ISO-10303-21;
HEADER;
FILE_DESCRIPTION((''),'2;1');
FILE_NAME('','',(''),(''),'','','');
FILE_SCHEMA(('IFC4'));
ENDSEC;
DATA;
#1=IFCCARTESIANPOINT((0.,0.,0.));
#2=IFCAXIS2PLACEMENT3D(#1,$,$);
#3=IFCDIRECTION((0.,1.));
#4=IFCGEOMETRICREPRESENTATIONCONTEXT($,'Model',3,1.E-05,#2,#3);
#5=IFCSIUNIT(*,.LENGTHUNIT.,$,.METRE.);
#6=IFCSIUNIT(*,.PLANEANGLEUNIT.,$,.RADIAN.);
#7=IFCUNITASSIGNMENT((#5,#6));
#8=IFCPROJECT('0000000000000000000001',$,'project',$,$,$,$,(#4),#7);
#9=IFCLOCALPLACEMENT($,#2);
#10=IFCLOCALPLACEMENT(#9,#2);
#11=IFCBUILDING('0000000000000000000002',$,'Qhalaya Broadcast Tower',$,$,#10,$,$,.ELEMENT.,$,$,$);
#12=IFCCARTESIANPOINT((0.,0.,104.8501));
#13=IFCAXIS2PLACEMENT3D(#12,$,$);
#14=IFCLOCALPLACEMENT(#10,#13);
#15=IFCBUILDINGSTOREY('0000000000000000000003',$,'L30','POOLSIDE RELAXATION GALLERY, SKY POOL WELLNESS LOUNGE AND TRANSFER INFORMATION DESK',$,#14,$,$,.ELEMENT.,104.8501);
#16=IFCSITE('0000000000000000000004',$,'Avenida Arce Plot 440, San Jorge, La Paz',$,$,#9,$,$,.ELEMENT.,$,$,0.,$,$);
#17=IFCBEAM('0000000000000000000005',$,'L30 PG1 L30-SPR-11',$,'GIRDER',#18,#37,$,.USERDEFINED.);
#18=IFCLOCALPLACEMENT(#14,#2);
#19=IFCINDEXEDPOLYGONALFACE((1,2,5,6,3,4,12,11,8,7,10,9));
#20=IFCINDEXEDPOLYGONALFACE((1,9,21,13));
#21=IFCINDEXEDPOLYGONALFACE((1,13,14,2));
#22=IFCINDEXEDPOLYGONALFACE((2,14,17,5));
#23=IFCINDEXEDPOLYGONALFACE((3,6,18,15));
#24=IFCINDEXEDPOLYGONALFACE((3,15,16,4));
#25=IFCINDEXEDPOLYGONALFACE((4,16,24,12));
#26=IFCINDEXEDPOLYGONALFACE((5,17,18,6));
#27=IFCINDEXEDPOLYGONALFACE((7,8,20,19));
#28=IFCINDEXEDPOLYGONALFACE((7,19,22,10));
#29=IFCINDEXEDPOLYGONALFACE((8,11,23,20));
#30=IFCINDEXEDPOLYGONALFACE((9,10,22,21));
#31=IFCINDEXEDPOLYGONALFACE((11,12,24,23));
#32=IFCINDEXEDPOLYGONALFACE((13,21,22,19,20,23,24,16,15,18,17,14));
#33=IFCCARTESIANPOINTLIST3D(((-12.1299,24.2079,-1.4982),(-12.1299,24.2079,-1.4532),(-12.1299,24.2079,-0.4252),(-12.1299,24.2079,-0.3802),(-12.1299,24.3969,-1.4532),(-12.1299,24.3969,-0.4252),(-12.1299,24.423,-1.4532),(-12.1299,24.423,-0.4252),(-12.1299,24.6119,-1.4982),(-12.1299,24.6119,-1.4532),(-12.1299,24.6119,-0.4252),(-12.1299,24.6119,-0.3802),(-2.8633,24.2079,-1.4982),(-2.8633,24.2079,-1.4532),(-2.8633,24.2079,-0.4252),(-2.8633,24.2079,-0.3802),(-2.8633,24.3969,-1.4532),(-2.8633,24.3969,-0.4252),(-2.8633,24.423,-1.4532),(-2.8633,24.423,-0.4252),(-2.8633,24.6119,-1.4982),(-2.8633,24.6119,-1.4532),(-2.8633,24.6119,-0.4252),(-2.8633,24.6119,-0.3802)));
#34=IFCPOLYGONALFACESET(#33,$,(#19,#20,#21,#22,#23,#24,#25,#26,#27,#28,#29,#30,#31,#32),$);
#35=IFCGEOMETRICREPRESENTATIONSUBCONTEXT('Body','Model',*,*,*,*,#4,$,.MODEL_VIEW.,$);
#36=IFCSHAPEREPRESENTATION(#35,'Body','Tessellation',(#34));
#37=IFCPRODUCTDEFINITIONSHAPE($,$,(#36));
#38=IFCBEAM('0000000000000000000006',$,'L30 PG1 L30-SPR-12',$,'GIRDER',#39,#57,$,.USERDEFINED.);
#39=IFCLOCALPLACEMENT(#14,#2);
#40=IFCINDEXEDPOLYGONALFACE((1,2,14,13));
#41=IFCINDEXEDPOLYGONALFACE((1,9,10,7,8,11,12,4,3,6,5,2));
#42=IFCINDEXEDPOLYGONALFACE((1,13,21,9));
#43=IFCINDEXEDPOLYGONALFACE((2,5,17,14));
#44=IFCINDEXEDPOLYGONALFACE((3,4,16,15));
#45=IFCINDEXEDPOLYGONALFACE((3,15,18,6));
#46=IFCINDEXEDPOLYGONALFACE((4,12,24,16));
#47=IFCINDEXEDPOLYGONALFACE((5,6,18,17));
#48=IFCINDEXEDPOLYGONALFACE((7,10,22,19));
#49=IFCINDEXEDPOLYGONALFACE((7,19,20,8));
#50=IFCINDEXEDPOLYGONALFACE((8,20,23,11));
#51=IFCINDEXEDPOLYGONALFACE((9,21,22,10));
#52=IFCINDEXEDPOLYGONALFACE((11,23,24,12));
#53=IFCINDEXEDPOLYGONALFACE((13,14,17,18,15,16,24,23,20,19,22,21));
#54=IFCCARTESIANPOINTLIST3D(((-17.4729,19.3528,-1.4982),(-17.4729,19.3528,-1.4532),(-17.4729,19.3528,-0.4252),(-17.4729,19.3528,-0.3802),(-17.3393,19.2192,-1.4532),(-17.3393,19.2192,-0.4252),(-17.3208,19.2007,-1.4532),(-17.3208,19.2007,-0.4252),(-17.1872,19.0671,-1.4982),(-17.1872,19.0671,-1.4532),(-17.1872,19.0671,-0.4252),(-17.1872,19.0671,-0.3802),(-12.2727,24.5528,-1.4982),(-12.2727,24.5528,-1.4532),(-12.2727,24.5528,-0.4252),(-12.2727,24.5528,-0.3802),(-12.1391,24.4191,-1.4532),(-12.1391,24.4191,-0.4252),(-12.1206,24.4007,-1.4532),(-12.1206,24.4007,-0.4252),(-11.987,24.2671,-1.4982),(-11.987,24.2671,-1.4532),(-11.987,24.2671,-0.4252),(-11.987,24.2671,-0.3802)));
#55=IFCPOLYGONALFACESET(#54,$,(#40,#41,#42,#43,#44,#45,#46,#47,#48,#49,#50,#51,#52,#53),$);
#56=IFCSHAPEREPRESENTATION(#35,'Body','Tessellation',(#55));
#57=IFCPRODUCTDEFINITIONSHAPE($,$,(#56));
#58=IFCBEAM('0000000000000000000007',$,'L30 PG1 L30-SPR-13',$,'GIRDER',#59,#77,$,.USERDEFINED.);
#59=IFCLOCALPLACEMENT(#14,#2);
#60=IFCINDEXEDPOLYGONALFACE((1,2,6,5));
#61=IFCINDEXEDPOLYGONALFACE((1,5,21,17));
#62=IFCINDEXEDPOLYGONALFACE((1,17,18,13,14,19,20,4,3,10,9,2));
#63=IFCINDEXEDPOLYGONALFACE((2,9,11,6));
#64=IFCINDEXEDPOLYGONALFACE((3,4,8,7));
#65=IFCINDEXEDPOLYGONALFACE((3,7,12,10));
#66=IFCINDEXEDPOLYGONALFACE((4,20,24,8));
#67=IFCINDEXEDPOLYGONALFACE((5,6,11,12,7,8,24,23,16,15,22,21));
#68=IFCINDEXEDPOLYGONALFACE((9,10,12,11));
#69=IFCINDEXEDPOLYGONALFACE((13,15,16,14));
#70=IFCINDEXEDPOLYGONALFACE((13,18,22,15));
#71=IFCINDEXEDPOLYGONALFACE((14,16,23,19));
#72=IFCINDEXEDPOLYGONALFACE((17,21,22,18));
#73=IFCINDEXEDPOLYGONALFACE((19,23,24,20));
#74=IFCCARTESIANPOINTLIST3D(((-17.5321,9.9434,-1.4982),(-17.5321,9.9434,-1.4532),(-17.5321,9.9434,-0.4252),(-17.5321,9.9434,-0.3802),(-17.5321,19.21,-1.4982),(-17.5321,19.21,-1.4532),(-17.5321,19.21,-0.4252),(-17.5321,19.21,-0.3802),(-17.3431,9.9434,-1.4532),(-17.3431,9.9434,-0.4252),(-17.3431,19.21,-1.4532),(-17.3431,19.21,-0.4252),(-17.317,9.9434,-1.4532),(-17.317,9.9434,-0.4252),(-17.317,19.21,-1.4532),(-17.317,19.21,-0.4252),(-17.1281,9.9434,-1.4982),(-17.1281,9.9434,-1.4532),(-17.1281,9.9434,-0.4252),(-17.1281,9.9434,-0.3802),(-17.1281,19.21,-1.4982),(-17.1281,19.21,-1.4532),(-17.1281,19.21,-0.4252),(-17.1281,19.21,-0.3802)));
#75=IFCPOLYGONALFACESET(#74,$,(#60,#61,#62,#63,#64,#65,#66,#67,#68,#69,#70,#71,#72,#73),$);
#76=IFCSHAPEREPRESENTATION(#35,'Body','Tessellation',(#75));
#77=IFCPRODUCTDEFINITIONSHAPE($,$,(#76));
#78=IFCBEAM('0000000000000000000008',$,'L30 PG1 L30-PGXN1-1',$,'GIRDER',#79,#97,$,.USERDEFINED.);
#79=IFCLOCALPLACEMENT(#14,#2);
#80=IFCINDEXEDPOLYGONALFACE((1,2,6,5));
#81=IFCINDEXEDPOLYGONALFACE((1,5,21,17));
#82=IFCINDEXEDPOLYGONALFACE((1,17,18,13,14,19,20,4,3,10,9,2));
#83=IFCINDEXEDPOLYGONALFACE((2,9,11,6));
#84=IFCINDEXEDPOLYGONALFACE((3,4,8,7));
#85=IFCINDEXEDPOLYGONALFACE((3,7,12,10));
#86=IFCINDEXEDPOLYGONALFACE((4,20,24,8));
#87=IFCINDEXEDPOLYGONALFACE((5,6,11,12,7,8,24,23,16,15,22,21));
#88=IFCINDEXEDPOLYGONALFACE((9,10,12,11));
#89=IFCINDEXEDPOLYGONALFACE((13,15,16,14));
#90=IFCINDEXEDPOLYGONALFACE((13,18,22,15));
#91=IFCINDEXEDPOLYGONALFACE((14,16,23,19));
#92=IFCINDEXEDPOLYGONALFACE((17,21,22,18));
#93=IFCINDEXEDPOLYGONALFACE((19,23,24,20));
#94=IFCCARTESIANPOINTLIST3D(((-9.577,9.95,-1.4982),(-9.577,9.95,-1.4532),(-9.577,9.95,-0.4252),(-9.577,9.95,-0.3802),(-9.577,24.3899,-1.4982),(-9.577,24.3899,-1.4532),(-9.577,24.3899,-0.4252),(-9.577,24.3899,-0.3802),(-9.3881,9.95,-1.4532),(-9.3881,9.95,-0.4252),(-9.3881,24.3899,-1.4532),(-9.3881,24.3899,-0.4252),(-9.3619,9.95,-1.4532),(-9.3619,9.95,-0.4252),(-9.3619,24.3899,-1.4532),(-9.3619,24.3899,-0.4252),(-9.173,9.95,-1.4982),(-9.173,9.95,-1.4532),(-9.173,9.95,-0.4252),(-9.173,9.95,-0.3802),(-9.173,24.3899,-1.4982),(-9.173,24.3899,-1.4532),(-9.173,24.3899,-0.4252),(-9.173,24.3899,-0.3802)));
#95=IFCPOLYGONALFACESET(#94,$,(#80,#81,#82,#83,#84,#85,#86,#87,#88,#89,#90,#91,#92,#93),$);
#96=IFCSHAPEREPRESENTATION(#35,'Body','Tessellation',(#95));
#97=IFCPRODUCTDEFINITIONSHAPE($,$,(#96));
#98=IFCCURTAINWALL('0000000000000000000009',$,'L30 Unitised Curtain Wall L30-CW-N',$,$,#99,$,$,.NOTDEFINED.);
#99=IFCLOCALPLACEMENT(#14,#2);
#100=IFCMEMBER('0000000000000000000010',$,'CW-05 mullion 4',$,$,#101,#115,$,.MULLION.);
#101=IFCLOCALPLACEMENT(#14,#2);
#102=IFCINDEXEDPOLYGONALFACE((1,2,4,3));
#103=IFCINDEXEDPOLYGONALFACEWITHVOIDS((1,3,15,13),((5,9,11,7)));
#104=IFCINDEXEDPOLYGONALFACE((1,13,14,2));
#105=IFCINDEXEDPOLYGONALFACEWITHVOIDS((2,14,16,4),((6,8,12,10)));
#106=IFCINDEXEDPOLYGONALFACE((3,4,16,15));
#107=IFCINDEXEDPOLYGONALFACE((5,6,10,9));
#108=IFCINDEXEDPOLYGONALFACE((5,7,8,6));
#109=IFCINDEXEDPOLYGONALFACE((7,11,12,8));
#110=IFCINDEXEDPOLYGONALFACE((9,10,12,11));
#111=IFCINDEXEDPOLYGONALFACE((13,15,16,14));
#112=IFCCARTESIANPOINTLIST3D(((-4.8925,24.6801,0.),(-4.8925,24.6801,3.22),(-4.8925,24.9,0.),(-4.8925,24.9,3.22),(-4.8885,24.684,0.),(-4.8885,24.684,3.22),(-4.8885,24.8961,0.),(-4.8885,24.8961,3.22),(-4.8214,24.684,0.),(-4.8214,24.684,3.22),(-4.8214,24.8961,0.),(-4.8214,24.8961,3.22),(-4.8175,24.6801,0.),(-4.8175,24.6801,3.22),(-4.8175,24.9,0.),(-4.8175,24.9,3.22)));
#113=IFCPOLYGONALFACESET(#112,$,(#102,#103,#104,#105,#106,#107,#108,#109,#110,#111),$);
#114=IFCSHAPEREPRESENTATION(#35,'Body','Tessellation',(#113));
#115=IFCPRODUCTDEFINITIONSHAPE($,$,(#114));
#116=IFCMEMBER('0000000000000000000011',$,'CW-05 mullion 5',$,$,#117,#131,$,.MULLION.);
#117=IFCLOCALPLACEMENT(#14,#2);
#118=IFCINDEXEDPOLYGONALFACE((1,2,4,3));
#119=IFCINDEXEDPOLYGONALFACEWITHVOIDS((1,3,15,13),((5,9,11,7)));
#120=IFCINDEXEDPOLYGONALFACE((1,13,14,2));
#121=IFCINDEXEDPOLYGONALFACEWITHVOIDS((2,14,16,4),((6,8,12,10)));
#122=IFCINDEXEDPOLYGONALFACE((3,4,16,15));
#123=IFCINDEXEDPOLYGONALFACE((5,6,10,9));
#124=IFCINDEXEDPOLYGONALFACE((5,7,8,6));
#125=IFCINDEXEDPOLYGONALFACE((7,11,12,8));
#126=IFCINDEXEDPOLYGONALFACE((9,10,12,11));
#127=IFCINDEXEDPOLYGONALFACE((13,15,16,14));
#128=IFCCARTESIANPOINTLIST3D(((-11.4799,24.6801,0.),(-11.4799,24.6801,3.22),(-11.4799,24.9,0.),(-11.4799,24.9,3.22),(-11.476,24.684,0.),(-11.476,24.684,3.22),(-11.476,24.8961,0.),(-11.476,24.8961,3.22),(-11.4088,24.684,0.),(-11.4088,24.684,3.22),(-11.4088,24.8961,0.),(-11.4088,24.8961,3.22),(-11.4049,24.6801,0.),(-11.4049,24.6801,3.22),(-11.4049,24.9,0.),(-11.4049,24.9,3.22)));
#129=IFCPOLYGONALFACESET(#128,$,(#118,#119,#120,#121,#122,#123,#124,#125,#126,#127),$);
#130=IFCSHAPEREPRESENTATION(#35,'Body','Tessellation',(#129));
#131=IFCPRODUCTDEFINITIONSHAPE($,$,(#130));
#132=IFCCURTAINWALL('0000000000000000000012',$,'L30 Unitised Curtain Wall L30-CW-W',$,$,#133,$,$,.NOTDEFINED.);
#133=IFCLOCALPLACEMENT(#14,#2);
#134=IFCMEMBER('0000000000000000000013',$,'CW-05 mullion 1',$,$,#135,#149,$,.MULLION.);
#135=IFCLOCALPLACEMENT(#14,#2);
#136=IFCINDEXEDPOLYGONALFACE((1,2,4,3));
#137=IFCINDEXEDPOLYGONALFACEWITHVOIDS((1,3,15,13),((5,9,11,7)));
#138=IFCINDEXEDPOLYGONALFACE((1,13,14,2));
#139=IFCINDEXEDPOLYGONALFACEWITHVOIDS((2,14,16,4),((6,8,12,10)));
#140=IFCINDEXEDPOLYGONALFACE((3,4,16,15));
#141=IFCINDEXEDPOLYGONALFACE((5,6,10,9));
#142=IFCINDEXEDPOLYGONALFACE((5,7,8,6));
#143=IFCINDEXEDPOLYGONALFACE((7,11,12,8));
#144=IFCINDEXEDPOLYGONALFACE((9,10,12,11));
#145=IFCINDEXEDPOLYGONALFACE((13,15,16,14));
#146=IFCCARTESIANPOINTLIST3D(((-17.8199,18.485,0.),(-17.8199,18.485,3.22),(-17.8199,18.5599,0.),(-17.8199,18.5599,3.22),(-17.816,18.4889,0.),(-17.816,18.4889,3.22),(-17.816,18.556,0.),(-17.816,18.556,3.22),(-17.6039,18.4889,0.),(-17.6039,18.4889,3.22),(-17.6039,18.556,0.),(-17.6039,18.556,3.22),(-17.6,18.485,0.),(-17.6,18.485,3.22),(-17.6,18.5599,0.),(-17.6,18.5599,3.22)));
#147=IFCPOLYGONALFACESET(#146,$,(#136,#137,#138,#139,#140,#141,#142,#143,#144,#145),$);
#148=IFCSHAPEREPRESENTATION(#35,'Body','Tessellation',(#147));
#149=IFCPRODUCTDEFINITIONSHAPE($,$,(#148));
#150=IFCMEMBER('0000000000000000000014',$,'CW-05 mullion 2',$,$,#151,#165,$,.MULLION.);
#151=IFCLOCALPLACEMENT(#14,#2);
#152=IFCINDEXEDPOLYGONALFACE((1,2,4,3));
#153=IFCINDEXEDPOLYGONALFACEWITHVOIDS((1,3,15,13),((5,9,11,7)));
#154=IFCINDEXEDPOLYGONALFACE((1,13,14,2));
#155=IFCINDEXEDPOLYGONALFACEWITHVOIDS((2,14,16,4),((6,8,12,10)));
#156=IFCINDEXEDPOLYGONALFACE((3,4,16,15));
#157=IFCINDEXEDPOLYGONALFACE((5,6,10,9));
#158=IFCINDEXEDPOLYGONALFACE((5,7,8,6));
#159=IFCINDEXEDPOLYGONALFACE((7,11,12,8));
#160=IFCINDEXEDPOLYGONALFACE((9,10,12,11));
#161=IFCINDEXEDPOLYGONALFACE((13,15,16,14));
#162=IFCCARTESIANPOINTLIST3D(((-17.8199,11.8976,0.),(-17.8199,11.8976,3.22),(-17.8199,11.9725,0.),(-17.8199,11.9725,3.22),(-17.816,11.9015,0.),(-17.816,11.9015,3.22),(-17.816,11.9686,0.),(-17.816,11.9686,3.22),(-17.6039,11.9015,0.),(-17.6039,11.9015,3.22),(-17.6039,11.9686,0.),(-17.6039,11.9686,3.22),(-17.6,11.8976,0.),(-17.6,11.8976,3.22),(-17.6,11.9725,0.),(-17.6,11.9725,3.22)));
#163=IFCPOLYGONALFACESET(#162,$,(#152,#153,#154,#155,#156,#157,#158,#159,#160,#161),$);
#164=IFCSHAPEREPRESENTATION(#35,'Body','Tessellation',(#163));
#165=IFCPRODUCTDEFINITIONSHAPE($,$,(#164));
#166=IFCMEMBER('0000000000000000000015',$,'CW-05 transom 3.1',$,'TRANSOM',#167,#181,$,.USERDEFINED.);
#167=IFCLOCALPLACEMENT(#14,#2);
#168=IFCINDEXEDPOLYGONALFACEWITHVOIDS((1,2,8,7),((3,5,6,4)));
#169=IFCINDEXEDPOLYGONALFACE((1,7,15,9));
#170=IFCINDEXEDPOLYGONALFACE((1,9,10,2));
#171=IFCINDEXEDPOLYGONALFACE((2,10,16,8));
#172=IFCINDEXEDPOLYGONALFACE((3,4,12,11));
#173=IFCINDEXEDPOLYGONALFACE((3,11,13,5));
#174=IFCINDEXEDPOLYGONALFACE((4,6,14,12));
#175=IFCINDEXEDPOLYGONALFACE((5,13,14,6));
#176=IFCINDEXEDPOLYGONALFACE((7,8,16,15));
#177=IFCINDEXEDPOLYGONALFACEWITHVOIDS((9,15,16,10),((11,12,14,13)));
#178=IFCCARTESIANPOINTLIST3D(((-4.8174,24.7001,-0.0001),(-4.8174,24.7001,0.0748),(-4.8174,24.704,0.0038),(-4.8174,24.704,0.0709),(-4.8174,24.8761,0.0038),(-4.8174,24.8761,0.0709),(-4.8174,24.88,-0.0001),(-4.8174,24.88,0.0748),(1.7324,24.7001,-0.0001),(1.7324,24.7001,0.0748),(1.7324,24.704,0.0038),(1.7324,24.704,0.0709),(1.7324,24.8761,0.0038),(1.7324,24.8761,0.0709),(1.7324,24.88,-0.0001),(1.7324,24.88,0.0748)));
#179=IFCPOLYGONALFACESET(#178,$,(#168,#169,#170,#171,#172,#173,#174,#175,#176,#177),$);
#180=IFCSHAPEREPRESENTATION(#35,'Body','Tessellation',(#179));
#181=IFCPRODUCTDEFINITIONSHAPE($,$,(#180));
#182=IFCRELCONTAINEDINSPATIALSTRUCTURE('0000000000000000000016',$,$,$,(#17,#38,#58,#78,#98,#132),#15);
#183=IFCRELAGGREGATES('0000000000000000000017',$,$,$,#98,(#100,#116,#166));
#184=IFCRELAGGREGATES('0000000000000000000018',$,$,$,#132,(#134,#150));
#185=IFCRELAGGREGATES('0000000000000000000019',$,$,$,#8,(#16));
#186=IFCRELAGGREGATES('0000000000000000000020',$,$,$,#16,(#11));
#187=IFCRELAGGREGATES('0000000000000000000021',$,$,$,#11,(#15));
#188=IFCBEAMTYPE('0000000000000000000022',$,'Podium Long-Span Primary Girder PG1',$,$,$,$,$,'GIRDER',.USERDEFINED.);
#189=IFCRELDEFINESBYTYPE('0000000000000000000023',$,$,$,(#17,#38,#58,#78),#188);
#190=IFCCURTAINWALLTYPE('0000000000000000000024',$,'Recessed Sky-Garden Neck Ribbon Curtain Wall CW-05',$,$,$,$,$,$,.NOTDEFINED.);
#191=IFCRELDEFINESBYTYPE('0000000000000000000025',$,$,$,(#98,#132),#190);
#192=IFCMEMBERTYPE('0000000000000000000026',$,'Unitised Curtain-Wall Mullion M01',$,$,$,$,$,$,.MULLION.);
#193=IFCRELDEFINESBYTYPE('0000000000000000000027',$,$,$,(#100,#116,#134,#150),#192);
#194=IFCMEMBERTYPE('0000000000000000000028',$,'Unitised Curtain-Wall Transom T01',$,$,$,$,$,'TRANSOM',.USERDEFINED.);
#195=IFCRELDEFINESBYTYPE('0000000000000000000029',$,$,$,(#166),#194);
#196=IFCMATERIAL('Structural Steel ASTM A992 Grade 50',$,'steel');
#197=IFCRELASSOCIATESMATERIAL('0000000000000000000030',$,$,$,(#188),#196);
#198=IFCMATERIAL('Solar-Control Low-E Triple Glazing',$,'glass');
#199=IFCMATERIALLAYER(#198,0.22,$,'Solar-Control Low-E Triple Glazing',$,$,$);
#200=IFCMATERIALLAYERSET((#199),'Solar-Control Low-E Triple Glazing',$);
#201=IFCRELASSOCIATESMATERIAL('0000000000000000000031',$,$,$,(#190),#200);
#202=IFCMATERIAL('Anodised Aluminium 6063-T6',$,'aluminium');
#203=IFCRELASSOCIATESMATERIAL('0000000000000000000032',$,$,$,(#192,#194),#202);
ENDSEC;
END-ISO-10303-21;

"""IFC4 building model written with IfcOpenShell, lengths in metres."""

from ifc_helpers import new_model, si_unit, direction, frame, origin, origin_2d, place, context, subcontext, project, spatial, hollow_rectangle, i_section, extrude, material, layer, layer_set, material_profile, profile_set, type_object, element, aggregate, save


model = new_model("IFC4")

# Units and contexts
model_context = context("Model", 3, precision=1e-05, world=origin(), true_north=direction((0.0, 1.0)))
body_context = subcontext(model_context, "Body", "Model", "MODEL_VIEW")
ifc_project = project(units=[si_unit("LENGTHUNIT", "METRE"), si_unit("PLANEANGLEUNIT", "RADIAN")], contexts=[model_context])

# Site, building, storey
site_placement = place(None, origin())
site = spatial("IfcSite", under=ifc_project, at=site_placement, Name="Avenida Arce Plot 440, San Jorge, La Paz", CompositionType="ELEMENT", RefElevation=0.0)
building_placement = place(site_placement, origin())
building = spatial("IfcBuilding", under=site, at=building_placement, Name="Qhalaya Broadcast Tower", CompositionType="ELEMENT")
storey_placement = place(building_placement, frame((0.0, 0.0, 104.8501)))
storey = spatial("IfcBuildingStorey", under=building, at=storey_placement, Name="L30", Description="POOLSIDE RELAXATION GALLERY, SKY POOL WELLNESS LOUNGE AND TRANSFER INFORMATION DESK", CompositionType="ELEMENT", Elevation=104.8501)

# Beams
ifc_material_1 = material(Name="Structural Steel ASTM A992 Grade 50", Category="steel")
ifc_material_profile_1 = material_profile(ifc_material_1, i_section(OverallWidth=0.4041, OverallDepth=1.1179, WebThickness=0.0261, FlangeThickness=0.0449, at=origin_2d()), Name="W44X335")
ifc_profile_set_1 = profile_set([ifc_material_profile_1], Name="Structural Steel ASTM A992 Grade 50")
beam_type_1 = type_object("IfcBeamType", Name="Podium Long-Span Primary Girder PG1", ElementType="GIRDER", PredefinedType="USERDEFINED", material=ifc_profile_set_1)
beam_1_placement = place(storey_placement, frame((-2.8633, 24.4099, -0.9392), z_axis=(-1.0, 0.0, 0.0), x_axis=(0.0, -1.0, 0.0)))
element("IfcBeam", 1, at=beam_1_placement, inside=storey, type_object=beam_type_1, Name="L30 PG1 L30-SPR-11", ObjectType="GIRDER", PredefinedType="USERDEFINED", context=body_context, shape_type="SweptSolid", body=[
    extrude(i_section(OverallWidth=0.4041, OverallDepth=1.1179, WebThickness=0.0261, FlangeThickness=0.0449, at=origin_2d()), origin(), (0.0, 0.0, 1.0), 9.2666),
])
beam_2_placement = place(storey_placement, frame((-12.1299, 24.4099, -0.9392), z_axis=(-0.707123, -0.70709, 0.0), x_axis=(0.70709, -0.707123, 0.0)))
element("IfcBeam", 2, at=beam_2_placement, inside=storey, type_object=beam_type_1, Name="L30 PG1 L30-SPR-12", ObjectType="GIRDER", PredefinedType="USERDEFINED", context=body_context, shape_type="SweptSolid", body=[
    extrude(i_section(OverallWidth=0.4041, OverallDepth=1.1179, WebThickness=0.0261, FlangeThickness=0.0449, at=origin_2d()), origin(), (0.0, 0.0, 1.0), 7.354),
])
beam_3_placement = place(storey_placement, frame((-17.3301, 19.21, -0.9392), z_axis=(0.0, -1.0, 0.0), x_axis=(1.0, 0.0, 0.0)))
element("IfcBeam", 3, at=beam_3_placement, inside=storey, type_object=beam_type_1, Name="L30 PG1 L30-SPR-13", ObjectType="GIRDER", PredefinedType="USERDEFINED", context=body_context, shape_type="SweptSolid", body=[
    extrude(i_section(OverallWidth=0.4041, OverallDepth=1.1179, WebThickness=0.0261, FlangeThickness=0.0449, at=origin_2d()), origin(), (0.0, 0.0, 1.0), 9.2666),
])
beam_4_placement = place(storey_placement, frame((-9.375, 9.95, -0.9392), z_axis=(0.0, 1.0, 0.0), x_axis=(-1.0, 0.0, 0.0)))
element("IfcBeam", 4, at=beam_4_placement, inside=storey, type_object=beam_type_1, Name="L30 PG1 L30-PGXN1-1", ObjectType="GIRDER", PredefinedType="USERDEFINED", context=body_context, shape_type="SweptSolid", body=[
    extrude(i_section(OverallWidth=0.4041, OverallDepth=1.1179, WebThickness=0.0261, FlangeThickness=0.0449, at=origin_2d()), origin(), (0.0, 0.0, 1.0), 14.4399),
])

# Curtain walls, members
ifc_material_2 = material(Name="Solar-Control Low-E Triple Glazing", Category="glass")
ifc_layer_1 = layer(ifc_material_2, 0.22, Name="Solar-Control Low-E Triple Glazing")
ifc_layer_set_1 = layer_set([ifc_layer_1], Name="Solar-Control Low-E Triple Glazing")
curtain_wall_type = type_object("IfcCurtainWallType", Name="Recessed Sky-Garden Neck Ribbon Curtain Wall CW-05", PredefinedType="NOTDEFINED", material=ifc_layer_set_1)
curtain_wall_1_placement = place(storey_placement, origin())
curtain_wall_1 = element("IfcCurtainWall", 5, at=curtain_wall_1_placement, inside=storey, type_object=curtain_wall_type, Name="L30 Unitised Curtain Wall L30-CW-N", PredefinedType="NOTDEFINED")
ifc_material_3 = material(Name="Anodised Aluminium 6063-T6", Category="aluminium")
ifc_material_profile_2 = material_profile(ifc_material_3, hollow_rectangle(XDim=0.075, YDim=0.22, WallThickness=0.0039, at=origin_2d()), Name="ALU-MUL 75x220x4")
ifc_profile_set_2 = profile_set([ifc_material_profile_2], Name="Anodised Aluminium 6063-T6")
member_type_1 = type_object("IfcMemberType", Name="Unitised Curtain-Wall Mullion M01", PredefinedType="MULLION", material=ifc_profile_set_2)
member_1_placement = place(storey_placement, frame((-4.855, 24.79, 0.0), z_axis=(0.0, 0.0, 1.0), x_axis=(-1.0, 0.0, 0.0)))
member_1 = element("IfcMember", 6, at=member_1_placement, type_object=member_type_1, Name="CW-05 mullion 4", PredefinedType="MULLION", context=body_context, shape_type="SweptSolid", body=[
    extrude(hollow_rectangle(XDim=0.075, YDim=0.22, WallThickness=0.0039, at=origin_2d()), origin(), (0.0, 0.0, 1.0), 3.22),
])
member_2_placement = place(storey_placement, frame((-11.4424, 24.79, 0.0), z_axis=(0.0, 0.0, 1.0), x_axis=(-1.0, 0.0, 0.0)))
member_2 = element("IfcMember", 7, at=member_2_placement, type_object=member_type_1, Name="CW-05 mullion 5", PredefinedType="MULLION", context=body_context, shape_type="SweptSolid", body=[
    extrude(hollow_rectangle(XDim=0.075, YDim=0.22, WallThickness=0.0039, at=origin_2d()), origin(), (0.0, 0.0, 1.0), 3.22),
])
curtain_wall_2_placement = place(storey_placement, origin())
curtain_wall_2 = element("IfcCurtainWall", 8, at=curtain_wall_2_placement, inside=storey, type_object=curtain_wall_type, Name="L30 Unitised Curtain Wall L30-CW-W", PredefinedType="NOTDEFINED")
member_3_placement = place(storey_placement, frame((-17.71, 18.5225, 0.0), z_axis=(0.0, 0.0, 1.0), x_axis=(0.0, -1.0, 0.0)))
member_3 = element("IfcMember", 9, at=member_3_placement, type_object=member_type_1, Name="CW-05 mullion 1", PredefinedType="MULLION", context=body_context, shape_type="SweptSolid", body=[
    extrude(hollow_rectangle(XDim=0.075, YDim=0.22, WallThickness=0.0039, at=origin_2d()), origin(), (0.0, 0.0, 1.0), 3.22),
])
member_4_placement = place(storey_placement, frame((-17.71, 11.9351, 0.0), z_axis=(0.0, 0.0, 1.0), x_axis=(0.0, -1.0, 0.0)))
member_4 = element("IfcMember", 10, at=member_4_placement, type_object=member_type_1, Name="CW-05 mullion 2", PredefinedType="MULLION", context=body_context, shape_type="SweptSolid", body=[
    extrude(hollow_rectangle(XDim=0.075, YDim=0.22, WallThickness=0.0039, at=origin_2d()), origin(), (0.0, 0.0, 1.0), 3.22),
])

# Member
ifc_material_profile_3 = material_profile(ifc_material_3, hollow_rectangle(XDim=0.075, YDim=0.1799, WallThickness=0.0039, at=origin_2d()), Name="ALU-TRN 75x180x4")
ifc_profile_set_3 = profile_set([ifc_material_profile_3], Name="Anodised Aluminium 6063-T6")
member_type_2 = type_object("IfcMemberType", Name="Unitised Curtain-Wall Transom T01", ElementType="TRANSOM", PredefinedType="USERDEFINED", material=ifc_profile_set_3)
member_5_placement = place(storey_placement, frame((1.7324, 24.79, 0.0374), z_axis=(-1.0, 0.0, 0.0), x_axis=(0.0, 0.0, 1.0)))
member_5 = element("IfcMember", 11, at=member_5_placement, type_object=member_type_2, Name="CW-05 transom 3.1", ObjectType="TRANSOM", PredefinedType="USERDEFINED", context=body_context, shape_type="SweptSolid", body=[
    extrude(hollow_rectangle(XDim=0.075, YDim=0.1799, WallThickness=0.0039, at=origin_2d()), origin(), (0.0, 0.0, 1.0), 6.5498),
])

aggregate(curtain_wall_1, [member_1, member_2, member_5])
aggregate(curtain_wall_2, [member_3, member_4])

save(model, "model.ifc")
